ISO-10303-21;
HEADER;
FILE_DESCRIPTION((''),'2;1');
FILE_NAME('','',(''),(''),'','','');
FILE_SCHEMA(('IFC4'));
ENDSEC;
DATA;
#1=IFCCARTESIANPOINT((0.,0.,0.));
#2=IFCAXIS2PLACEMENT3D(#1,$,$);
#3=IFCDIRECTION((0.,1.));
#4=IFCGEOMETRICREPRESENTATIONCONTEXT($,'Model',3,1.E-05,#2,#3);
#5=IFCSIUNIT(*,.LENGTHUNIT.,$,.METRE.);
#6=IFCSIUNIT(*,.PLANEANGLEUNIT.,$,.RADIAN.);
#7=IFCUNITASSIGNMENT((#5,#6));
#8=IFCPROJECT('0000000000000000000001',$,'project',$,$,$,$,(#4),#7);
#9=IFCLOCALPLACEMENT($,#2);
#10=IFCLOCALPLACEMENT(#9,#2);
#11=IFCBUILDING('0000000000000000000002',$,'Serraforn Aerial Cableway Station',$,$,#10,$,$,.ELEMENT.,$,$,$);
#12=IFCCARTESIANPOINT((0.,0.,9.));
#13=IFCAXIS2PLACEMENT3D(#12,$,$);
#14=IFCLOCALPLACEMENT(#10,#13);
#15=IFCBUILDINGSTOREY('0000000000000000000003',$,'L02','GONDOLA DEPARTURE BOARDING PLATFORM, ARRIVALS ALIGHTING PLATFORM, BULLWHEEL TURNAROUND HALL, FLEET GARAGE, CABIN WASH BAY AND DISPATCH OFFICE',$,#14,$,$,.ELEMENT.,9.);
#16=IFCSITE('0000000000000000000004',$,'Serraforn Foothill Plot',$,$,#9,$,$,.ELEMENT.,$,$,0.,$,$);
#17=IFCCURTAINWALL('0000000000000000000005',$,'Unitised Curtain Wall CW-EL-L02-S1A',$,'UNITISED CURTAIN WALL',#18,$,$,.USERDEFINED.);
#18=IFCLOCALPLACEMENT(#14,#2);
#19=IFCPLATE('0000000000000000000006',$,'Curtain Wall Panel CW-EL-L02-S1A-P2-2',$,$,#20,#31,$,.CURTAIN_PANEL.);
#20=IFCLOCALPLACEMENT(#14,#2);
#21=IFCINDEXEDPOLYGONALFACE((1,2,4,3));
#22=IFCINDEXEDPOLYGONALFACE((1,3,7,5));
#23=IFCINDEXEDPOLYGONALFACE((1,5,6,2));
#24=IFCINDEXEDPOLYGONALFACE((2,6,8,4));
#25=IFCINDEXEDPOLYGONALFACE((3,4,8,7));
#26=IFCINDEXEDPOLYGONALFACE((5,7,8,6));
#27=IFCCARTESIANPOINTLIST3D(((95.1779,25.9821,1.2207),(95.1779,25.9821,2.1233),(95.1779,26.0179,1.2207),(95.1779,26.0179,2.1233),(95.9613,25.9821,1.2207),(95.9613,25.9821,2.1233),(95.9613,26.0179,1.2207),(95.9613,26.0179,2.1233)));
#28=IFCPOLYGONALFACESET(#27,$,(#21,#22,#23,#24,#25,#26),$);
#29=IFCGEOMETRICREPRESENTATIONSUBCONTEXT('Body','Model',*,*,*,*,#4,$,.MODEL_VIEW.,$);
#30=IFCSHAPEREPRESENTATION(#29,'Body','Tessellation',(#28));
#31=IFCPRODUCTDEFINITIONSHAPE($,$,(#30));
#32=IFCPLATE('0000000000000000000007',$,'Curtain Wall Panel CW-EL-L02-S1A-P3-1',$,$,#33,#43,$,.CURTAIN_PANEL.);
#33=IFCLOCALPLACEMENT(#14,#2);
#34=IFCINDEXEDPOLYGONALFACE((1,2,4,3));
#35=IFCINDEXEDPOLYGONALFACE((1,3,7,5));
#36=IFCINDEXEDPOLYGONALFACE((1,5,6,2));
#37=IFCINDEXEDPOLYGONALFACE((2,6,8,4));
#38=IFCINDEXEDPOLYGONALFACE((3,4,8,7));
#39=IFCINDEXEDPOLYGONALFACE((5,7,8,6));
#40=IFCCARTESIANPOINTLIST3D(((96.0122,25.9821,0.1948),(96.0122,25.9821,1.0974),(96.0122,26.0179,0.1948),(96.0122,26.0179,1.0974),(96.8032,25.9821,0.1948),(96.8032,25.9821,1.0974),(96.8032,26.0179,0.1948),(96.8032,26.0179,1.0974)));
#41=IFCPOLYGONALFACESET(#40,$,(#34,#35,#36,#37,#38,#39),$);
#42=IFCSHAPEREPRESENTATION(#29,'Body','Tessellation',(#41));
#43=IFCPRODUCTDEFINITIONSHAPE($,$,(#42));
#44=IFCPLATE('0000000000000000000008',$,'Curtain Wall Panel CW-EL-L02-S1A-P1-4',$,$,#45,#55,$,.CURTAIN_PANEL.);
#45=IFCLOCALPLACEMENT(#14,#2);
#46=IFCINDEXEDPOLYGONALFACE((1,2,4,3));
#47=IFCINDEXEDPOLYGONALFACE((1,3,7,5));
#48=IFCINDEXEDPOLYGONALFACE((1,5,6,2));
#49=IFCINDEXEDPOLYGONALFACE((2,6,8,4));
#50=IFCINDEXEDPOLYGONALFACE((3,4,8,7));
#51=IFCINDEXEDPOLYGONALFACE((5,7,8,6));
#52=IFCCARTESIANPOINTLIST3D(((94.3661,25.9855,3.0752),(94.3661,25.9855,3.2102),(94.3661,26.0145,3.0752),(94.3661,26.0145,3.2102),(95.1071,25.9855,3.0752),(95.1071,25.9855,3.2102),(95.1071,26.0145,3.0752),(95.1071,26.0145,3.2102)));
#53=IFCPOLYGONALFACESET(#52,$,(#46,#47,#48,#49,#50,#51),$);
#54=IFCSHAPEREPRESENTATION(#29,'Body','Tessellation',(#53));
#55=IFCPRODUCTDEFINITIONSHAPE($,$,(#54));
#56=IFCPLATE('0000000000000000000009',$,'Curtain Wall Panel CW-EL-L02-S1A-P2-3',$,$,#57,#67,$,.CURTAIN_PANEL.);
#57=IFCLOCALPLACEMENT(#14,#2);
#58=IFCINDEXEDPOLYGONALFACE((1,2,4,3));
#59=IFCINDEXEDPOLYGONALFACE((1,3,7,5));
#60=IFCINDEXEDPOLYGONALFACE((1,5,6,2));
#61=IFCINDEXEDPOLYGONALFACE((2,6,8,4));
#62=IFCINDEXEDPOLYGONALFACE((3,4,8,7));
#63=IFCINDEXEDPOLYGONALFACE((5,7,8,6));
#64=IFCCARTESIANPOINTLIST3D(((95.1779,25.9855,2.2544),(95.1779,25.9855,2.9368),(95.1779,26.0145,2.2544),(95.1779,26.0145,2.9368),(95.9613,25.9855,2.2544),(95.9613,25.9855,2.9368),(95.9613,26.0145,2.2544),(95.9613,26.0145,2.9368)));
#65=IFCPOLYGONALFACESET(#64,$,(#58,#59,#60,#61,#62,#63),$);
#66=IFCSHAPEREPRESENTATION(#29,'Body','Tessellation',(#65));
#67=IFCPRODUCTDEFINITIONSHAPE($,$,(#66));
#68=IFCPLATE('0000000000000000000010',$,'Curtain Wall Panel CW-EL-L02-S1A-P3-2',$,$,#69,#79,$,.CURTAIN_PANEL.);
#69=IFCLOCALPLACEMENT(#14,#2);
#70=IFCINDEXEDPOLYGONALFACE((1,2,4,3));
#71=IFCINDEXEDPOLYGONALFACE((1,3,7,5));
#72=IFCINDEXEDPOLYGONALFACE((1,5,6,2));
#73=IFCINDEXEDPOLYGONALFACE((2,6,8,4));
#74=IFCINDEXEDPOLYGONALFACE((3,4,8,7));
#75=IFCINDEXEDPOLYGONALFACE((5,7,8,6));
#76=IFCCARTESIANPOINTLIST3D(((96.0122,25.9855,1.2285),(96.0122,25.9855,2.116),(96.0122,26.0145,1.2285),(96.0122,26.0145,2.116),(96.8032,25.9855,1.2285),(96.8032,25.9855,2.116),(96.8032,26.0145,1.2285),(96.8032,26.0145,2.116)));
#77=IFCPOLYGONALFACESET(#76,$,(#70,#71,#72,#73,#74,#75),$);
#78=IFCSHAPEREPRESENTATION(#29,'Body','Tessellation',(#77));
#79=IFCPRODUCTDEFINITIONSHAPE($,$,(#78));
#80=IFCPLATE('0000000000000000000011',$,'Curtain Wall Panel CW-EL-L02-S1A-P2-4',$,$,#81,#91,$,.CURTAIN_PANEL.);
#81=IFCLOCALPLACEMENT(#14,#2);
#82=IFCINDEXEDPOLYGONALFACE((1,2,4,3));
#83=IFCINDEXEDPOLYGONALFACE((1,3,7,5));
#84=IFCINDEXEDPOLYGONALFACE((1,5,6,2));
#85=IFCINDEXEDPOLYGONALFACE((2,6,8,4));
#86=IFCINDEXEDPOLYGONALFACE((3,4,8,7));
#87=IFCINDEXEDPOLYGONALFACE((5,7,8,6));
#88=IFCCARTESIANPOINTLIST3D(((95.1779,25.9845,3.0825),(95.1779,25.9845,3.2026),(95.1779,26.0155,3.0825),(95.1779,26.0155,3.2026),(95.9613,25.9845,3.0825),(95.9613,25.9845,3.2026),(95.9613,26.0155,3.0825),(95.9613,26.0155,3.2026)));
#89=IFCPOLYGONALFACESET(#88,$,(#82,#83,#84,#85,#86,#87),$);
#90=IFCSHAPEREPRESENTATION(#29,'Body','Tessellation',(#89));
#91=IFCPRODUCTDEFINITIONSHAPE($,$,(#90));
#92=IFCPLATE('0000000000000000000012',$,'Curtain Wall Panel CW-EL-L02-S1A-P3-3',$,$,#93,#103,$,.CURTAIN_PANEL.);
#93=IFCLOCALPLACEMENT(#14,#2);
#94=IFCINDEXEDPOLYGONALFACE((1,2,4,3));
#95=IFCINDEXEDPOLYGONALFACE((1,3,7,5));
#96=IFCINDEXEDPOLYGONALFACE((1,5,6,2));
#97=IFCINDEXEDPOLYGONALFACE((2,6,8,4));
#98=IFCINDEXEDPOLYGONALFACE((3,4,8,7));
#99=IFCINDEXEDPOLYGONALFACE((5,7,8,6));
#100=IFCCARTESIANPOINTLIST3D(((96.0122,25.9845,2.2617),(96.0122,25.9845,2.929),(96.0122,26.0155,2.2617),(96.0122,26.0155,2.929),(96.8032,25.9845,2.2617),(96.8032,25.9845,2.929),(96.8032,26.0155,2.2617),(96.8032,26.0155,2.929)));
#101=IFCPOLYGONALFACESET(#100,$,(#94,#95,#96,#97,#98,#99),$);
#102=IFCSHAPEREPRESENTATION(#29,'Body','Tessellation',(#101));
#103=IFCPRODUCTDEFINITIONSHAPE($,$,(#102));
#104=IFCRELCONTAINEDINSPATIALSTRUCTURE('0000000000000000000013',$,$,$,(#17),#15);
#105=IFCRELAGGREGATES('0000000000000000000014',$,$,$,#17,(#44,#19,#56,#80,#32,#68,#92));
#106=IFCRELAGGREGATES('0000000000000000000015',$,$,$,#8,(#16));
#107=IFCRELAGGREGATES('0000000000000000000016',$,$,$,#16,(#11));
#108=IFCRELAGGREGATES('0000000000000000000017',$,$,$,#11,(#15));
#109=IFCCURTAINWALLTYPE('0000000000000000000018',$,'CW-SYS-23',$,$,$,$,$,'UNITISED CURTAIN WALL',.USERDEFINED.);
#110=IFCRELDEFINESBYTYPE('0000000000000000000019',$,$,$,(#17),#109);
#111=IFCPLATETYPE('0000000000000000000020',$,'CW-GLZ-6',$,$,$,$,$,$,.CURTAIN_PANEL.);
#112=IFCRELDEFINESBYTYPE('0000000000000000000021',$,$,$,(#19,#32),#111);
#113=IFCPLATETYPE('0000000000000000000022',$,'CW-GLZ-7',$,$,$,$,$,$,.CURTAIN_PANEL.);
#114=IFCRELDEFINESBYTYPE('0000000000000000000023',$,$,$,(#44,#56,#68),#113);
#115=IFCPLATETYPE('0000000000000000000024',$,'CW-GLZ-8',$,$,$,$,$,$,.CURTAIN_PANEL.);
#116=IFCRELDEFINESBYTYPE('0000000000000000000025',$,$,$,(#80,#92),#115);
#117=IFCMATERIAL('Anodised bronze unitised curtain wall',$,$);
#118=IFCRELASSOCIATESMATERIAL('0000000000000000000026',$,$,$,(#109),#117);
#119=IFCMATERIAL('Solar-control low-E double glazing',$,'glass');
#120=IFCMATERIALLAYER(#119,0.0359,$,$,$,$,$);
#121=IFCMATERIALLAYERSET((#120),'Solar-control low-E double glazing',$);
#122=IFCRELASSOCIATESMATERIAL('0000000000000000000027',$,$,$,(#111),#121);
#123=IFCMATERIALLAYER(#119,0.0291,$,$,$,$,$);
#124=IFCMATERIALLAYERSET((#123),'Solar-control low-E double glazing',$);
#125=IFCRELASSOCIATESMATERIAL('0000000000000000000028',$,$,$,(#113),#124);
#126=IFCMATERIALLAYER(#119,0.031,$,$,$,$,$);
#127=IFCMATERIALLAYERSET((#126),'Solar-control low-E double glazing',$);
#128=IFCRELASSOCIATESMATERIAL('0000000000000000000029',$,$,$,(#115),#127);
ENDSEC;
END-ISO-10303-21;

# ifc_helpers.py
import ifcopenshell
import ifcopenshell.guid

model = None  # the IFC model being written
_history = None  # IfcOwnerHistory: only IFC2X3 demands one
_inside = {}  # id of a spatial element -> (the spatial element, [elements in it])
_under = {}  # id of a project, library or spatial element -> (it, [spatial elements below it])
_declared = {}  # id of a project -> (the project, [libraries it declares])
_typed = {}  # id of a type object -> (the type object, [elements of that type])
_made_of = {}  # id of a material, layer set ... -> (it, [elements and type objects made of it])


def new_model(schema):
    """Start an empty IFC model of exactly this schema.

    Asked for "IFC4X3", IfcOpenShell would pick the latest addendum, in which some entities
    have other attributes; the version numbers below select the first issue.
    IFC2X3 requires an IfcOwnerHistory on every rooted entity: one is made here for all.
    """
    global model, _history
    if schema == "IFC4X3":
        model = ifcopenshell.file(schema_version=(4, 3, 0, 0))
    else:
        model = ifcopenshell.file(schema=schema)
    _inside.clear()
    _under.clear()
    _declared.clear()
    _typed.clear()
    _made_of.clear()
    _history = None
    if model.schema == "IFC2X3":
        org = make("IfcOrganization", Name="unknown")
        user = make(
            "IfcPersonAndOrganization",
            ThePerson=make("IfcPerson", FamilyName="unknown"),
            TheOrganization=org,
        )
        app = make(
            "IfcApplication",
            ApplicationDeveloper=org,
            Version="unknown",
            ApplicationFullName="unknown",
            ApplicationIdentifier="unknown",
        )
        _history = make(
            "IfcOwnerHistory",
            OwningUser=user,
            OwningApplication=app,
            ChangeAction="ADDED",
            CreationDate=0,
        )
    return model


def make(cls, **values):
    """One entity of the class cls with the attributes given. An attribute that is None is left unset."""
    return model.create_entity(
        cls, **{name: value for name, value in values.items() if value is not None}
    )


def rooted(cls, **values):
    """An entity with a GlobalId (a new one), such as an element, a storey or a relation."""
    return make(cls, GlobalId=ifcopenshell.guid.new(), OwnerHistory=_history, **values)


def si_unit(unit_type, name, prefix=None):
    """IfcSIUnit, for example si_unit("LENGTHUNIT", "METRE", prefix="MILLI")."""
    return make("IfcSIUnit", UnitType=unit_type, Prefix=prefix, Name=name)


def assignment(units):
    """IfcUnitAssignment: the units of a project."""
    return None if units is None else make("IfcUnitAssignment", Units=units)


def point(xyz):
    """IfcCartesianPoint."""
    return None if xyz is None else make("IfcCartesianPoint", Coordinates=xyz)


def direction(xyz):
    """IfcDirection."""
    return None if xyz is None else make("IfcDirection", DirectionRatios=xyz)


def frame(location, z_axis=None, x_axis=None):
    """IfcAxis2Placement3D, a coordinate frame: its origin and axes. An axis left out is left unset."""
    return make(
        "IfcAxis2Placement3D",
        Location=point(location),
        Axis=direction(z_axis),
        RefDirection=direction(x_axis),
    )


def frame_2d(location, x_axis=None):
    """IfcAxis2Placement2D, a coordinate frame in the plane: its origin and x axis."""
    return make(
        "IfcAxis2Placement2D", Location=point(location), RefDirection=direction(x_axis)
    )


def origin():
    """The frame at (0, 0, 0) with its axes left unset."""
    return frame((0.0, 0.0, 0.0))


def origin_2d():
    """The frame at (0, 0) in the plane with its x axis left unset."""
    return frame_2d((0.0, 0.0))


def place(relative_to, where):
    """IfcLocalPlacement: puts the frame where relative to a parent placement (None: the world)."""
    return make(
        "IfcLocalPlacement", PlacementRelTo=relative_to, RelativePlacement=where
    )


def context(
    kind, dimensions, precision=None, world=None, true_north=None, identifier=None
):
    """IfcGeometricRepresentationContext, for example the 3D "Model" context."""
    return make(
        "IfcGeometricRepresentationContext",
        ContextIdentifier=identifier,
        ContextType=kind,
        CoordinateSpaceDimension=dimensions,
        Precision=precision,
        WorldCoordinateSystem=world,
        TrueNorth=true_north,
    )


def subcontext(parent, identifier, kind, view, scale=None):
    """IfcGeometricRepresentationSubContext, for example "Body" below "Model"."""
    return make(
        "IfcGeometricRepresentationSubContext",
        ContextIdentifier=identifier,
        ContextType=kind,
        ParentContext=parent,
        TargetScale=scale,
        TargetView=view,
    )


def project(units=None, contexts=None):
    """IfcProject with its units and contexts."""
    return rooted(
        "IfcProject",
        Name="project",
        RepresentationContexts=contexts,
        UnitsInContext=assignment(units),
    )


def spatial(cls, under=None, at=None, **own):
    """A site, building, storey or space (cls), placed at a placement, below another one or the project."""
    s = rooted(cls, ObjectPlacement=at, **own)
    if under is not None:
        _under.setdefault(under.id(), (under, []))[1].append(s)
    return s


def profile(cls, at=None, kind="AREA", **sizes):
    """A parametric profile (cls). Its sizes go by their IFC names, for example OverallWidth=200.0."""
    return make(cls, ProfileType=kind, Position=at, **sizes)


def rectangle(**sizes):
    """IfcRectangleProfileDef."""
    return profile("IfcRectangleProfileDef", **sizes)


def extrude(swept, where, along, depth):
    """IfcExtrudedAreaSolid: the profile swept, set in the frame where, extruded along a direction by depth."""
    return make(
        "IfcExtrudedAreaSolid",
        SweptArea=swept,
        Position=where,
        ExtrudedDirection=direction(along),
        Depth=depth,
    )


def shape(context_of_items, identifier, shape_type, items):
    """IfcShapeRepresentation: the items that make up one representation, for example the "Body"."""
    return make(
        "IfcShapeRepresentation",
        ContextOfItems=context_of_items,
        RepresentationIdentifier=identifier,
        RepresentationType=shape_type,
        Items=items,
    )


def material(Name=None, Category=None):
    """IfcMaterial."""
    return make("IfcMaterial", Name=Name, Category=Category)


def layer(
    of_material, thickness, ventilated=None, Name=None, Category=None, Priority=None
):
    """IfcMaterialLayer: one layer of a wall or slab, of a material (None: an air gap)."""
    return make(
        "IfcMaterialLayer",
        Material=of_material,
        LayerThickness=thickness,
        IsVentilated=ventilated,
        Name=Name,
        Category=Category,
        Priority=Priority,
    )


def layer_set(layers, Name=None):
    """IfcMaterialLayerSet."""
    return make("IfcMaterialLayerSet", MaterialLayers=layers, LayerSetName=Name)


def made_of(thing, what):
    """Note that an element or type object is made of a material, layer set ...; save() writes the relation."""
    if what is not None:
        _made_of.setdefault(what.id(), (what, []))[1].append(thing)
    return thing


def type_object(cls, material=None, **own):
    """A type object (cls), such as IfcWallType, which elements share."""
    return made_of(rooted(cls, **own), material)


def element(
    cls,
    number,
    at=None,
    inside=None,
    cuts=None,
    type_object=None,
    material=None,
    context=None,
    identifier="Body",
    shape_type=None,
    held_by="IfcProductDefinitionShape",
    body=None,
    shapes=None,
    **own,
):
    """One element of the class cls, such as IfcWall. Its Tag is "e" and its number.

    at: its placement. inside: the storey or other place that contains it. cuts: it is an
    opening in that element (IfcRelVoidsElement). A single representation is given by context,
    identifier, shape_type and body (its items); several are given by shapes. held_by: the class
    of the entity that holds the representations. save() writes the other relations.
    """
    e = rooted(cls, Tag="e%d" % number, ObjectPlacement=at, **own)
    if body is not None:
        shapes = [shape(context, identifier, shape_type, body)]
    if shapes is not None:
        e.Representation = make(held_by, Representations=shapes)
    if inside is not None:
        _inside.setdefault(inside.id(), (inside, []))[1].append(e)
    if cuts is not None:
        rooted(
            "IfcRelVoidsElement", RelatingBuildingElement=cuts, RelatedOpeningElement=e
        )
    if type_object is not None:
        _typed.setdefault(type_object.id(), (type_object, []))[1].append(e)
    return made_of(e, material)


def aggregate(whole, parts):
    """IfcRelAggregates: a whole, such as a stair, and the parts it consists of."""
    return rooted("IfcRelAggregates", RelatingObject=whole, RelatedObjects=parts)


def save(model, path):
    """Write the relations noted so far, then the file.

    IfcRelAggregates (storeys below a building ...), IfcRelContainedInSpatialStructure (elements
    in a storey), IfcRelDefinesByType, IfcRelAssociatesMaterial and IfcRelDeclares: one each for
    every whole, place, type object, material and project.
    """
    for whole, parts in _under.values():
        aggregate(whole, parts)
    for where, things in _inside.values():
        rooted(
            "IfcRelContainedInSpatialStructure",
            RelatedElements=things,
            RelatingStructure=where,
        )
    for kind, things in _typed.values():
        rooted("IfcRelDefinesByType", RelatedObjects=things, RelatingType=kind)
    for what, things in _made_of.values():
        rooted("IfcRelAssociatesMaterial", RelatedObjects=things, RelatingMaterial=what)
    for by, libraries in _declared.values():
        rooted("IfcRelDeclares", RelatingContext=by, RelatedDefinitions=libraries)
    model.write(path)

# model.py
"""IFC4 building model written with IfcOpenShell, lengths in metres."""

from ifc_helpers import new_model, si_unit, direction, frame, origin, origin_2d, place, context, subcontext, project, spatial, rectangle, extrude, material, layer, layer_set, type_object, element, aggregate, save


model = new_model("IFC4")

# Units and contexts
model_context = context("Model", 3, precision=1e-05, world=origin(), true_north=direction((0.0, 1.0)))
body_context = subcontext(model_context, "Body", "Model", "MODEL_VIEW")
ifc_project = project(units=[si_unit("LENGTHUNIT", "METRE"), si_unit("PLANEANGLEUNIT", "RADIAN")], contexts=[model_context])

# Site, building, storey
site_placement = place(None, origin())
site = spatial("IfcSite", under=ifc_project, at=site_placement, Name="Serraforn Foothill Plot", CompositionType="ELEMENT", RefElevation=0.0)
building_placement = place(site_placement, origin())
building = spatial("IfcBuilding", under=site, at=building_placement, Name="Serraforn Aerial Cableway Station", CompositionType="ELEMENT")
storey_placement = place(building_placement, frame((0.0, 0.0, 9.0)))
storey = spatial("IfcBuildingStorey", under=building, at=storey_placement, Name="L02", Description="GONDOLA DEPARTURE BOARDING PLATFORM, ARRIVALS ALIGHTING PLATFORM, BULLWHEEL TURNAROUND HALL, FLEET GARAGE, CABIN WASH BAY AND DISPATCH OFFICE", CompositionType="ELEMENT", Elevation=9.0)

# Curtain wall
ifc_material_1 = material(Name="Anodised bronze unitised curtain wall")
curtain_wall_type_1 = type_object("IfcCurtainWallType", Name="CW-SYS-23", ElementType="UNITISED CURTAIN WALL", PredefinedType="USERDEFINED", material=ifc_material_1)
curtain_wall_1_placement = place(storey_placement, origin())
curtain_wall_1 = element("IfcCurtainWall", 1, at=curtain_wall_1_placement, inside=storey, type_object=curtain_wall_type_1, Name="Unitised Curtain Wall CW-EL-L02-S1A", ObjectType="UNITISED CURTAIN WALL", PredefinedType="USERDEFINED")

# Plates
ifc_material_2 = material(Name="Solar-control low-E double glazing", Category="glass")
ifc_layer_1 = layer(ifc_material_2, 0.0359)
ifc_layer_set_1 = layer_set([ifc_layer_1], Name="Solar-control low-E double glazing")
plate_type_1 = type_object("IfcPlateType", Name="CW-GLZ-6", PredefinedType="CURTAIN_PANEL", material=ifc_layer_set_1)
plate_1_placement = place(storey_placement, frame((95.5696, 26.0, 1.2207), z_axis=(0.0, 0.0, 1.0), x_axis=(1.0, 0.0, 0.0)))
plate_1 = element("IfcPlate", 2, at=plate_1_placement, type_object=plate_type_1, Name="Curtain Wall Panel CW-EL-L02-S1A-P2-2", PredefinedType="CURTAIN_PANEL", context=body_context, shape_type="SweptSolid", body=[
    extrude(rectangle(XDim=0.7834, YDim=0.0359, at=origin_2d()), origin(), (0.0, 0.0, 1.0), 0.9026),
])
plate_2_placement = place(storey_placement, frame((96.4077, 26.0, 0.1948), z_axis=(0.0, 0.0, 1.0), x_axis=(1.0, 0.0, 0.0)))
plate_2 = element("IfcPlate", 3, at=plate_2_placement, type_object=plate_type_1, Name="Curtain Wall Panel CW-EL-L02-S1A-P3-1", PredefinedType="CURTAIN_PANEL", context=body_context, shape_type="SweptSolid", body=[
    extrude(rectangle(XDim=0.791, YDim=0.0359, at=origin_2d()), origin(), (0.0, 0.0, 1.0), 0.9026),
])
ifc_layer_2 = layer(ifc_material_2, 0.0291)
ifc_layer_set_2 = layer_set([ifc_layer_2], Name="Solar-control low-E double glazing")
plate_type_2 = type_object("IfcPlateType", Name="CW-GLZ-7", PredefinedType="CURTAIN_PANEL", material=ifc_layer_set_2)
plate_3_placement = place(storey_placement, frame((94.7366, 26.0, 3.0752), z_axis=(0.0, 0.0, 1.0), x_axis=(1.0, 0.0, 0.0)))
plate_3 = element("IfcPlate", 4, at=plate_3_placement, type_object=plate_type_2, Name="Curtain Wall Panel CW-EL-L02-S1A-P1-4", PredefinedType="CURTAIN_PANEL", context=body_context, shape_type="SweptSolid", body=[
    extrude(rectangle(XDim=0.741, YDim=0.0291, at=origin_2d()), origin(), (0.0, 0.0, 1.0), 0.135),
])
plate_4_placement = place(storey_placement, frame((95.5696, 26.0, 2.2544), z_axis=(0.0, 0.0, 1.0), x_axis=(1.0, 0.0, 0.0)))
plate_4 = element("IfcPlate", 5, at=plate_4_placement, type_object=plate_type_2, Name="Curtain Wall Panel CW-EL-L02-S1A-P2-3", PredefinedType="CURTAIN_PANEL", context=body_context, shape_type="SweptSolid", body=[
    extrude(rectangle(XDim=0.7834, YDim=0.0291, at=origin_2d()), origin(), (0.0, 0.0, 1.0), 0.6824),
])
plate_5_placement = place(storey_placement, frame((96.4077, 26.0, 1.2285), z_axis=(0.0, 0.0, 1.0), x_axis=(1.0, 0.0, 0.0)))
plate_5 = element("IfcPlate", 6, at=plate_5_placement, type_object=plate_type_2, Name="Curtain Wall Panel CW-EL-L02-S1A-P3-2", PredefinedType="CURTAIN_PANEL", context=body_context, shape_type="SweptSolid", body=[
    extrude(rectangle(XDim=0.791, YDim=0.0291, at=origin_2d()), origin(), (0.0, 0.0, 1.0), 0.8875),
])
ifc_layer_3 = layer(ifc_material_2, 0.031)
ifc_layer_set_3 = layer_set([ifc_layer_3], Name="Solar-control low-E double glazing")
plate_type_3 = type_object("IfcPlateType", Name="CW-GLZ-8", PredefinedType="CURTAIN_PANEL", material=ifc_layer_set_3)
plate_6_placement = place(storey_placement, frame((95.5696, 26.0, 3.0825), z_axis=(0.0, 0.0, 1.0), x_axis=(1.0, 0.0, 0.0)))
plate_6 = element("IfcPlate", 7, at=plate_6_placement, type_object=plate_type_3, Name="Curtain Wall Panel CW-EL-L02-S1A-P2-4", PredefinedType="CURTAIN_PANEL", context=body_context, shape_type="SweptSolid", body=[
    extrude(rectangle(XDim=0.7834, YDim=0.031, at=origin_2d()), origin(), (0.0, 0.0, 1.0), 0.1201),
])
plate_7_placement = place(storey_placement, frame((96.4077, 26.0, 2.2617), z_axis=(0.0, 0.0, 1.0), x_axis=(1.0, 0.0, 0.0)))
plate_7 = element("IfcPlate", 8, at=plate_7_placement, type_object=plate_type_3, Name="Curtain Wall Panel CW-EL-L02-S1A-P3-3", PredefinedType="CURTAIN_PANEL", context=body_context, shape_type="SweptSolid", body=[
    extrude(rectangle(XDim=0.791, YDim=0.031, at=origin_2d()), origin(), (0.0, 0.0, 1.0), 0.6672),
])
aggregate(curtain_wall_1, [plate_3, plate_1, plate_4, plate_6, plate_2, plate_5, plate_7])

save(model, "model.ifc")
